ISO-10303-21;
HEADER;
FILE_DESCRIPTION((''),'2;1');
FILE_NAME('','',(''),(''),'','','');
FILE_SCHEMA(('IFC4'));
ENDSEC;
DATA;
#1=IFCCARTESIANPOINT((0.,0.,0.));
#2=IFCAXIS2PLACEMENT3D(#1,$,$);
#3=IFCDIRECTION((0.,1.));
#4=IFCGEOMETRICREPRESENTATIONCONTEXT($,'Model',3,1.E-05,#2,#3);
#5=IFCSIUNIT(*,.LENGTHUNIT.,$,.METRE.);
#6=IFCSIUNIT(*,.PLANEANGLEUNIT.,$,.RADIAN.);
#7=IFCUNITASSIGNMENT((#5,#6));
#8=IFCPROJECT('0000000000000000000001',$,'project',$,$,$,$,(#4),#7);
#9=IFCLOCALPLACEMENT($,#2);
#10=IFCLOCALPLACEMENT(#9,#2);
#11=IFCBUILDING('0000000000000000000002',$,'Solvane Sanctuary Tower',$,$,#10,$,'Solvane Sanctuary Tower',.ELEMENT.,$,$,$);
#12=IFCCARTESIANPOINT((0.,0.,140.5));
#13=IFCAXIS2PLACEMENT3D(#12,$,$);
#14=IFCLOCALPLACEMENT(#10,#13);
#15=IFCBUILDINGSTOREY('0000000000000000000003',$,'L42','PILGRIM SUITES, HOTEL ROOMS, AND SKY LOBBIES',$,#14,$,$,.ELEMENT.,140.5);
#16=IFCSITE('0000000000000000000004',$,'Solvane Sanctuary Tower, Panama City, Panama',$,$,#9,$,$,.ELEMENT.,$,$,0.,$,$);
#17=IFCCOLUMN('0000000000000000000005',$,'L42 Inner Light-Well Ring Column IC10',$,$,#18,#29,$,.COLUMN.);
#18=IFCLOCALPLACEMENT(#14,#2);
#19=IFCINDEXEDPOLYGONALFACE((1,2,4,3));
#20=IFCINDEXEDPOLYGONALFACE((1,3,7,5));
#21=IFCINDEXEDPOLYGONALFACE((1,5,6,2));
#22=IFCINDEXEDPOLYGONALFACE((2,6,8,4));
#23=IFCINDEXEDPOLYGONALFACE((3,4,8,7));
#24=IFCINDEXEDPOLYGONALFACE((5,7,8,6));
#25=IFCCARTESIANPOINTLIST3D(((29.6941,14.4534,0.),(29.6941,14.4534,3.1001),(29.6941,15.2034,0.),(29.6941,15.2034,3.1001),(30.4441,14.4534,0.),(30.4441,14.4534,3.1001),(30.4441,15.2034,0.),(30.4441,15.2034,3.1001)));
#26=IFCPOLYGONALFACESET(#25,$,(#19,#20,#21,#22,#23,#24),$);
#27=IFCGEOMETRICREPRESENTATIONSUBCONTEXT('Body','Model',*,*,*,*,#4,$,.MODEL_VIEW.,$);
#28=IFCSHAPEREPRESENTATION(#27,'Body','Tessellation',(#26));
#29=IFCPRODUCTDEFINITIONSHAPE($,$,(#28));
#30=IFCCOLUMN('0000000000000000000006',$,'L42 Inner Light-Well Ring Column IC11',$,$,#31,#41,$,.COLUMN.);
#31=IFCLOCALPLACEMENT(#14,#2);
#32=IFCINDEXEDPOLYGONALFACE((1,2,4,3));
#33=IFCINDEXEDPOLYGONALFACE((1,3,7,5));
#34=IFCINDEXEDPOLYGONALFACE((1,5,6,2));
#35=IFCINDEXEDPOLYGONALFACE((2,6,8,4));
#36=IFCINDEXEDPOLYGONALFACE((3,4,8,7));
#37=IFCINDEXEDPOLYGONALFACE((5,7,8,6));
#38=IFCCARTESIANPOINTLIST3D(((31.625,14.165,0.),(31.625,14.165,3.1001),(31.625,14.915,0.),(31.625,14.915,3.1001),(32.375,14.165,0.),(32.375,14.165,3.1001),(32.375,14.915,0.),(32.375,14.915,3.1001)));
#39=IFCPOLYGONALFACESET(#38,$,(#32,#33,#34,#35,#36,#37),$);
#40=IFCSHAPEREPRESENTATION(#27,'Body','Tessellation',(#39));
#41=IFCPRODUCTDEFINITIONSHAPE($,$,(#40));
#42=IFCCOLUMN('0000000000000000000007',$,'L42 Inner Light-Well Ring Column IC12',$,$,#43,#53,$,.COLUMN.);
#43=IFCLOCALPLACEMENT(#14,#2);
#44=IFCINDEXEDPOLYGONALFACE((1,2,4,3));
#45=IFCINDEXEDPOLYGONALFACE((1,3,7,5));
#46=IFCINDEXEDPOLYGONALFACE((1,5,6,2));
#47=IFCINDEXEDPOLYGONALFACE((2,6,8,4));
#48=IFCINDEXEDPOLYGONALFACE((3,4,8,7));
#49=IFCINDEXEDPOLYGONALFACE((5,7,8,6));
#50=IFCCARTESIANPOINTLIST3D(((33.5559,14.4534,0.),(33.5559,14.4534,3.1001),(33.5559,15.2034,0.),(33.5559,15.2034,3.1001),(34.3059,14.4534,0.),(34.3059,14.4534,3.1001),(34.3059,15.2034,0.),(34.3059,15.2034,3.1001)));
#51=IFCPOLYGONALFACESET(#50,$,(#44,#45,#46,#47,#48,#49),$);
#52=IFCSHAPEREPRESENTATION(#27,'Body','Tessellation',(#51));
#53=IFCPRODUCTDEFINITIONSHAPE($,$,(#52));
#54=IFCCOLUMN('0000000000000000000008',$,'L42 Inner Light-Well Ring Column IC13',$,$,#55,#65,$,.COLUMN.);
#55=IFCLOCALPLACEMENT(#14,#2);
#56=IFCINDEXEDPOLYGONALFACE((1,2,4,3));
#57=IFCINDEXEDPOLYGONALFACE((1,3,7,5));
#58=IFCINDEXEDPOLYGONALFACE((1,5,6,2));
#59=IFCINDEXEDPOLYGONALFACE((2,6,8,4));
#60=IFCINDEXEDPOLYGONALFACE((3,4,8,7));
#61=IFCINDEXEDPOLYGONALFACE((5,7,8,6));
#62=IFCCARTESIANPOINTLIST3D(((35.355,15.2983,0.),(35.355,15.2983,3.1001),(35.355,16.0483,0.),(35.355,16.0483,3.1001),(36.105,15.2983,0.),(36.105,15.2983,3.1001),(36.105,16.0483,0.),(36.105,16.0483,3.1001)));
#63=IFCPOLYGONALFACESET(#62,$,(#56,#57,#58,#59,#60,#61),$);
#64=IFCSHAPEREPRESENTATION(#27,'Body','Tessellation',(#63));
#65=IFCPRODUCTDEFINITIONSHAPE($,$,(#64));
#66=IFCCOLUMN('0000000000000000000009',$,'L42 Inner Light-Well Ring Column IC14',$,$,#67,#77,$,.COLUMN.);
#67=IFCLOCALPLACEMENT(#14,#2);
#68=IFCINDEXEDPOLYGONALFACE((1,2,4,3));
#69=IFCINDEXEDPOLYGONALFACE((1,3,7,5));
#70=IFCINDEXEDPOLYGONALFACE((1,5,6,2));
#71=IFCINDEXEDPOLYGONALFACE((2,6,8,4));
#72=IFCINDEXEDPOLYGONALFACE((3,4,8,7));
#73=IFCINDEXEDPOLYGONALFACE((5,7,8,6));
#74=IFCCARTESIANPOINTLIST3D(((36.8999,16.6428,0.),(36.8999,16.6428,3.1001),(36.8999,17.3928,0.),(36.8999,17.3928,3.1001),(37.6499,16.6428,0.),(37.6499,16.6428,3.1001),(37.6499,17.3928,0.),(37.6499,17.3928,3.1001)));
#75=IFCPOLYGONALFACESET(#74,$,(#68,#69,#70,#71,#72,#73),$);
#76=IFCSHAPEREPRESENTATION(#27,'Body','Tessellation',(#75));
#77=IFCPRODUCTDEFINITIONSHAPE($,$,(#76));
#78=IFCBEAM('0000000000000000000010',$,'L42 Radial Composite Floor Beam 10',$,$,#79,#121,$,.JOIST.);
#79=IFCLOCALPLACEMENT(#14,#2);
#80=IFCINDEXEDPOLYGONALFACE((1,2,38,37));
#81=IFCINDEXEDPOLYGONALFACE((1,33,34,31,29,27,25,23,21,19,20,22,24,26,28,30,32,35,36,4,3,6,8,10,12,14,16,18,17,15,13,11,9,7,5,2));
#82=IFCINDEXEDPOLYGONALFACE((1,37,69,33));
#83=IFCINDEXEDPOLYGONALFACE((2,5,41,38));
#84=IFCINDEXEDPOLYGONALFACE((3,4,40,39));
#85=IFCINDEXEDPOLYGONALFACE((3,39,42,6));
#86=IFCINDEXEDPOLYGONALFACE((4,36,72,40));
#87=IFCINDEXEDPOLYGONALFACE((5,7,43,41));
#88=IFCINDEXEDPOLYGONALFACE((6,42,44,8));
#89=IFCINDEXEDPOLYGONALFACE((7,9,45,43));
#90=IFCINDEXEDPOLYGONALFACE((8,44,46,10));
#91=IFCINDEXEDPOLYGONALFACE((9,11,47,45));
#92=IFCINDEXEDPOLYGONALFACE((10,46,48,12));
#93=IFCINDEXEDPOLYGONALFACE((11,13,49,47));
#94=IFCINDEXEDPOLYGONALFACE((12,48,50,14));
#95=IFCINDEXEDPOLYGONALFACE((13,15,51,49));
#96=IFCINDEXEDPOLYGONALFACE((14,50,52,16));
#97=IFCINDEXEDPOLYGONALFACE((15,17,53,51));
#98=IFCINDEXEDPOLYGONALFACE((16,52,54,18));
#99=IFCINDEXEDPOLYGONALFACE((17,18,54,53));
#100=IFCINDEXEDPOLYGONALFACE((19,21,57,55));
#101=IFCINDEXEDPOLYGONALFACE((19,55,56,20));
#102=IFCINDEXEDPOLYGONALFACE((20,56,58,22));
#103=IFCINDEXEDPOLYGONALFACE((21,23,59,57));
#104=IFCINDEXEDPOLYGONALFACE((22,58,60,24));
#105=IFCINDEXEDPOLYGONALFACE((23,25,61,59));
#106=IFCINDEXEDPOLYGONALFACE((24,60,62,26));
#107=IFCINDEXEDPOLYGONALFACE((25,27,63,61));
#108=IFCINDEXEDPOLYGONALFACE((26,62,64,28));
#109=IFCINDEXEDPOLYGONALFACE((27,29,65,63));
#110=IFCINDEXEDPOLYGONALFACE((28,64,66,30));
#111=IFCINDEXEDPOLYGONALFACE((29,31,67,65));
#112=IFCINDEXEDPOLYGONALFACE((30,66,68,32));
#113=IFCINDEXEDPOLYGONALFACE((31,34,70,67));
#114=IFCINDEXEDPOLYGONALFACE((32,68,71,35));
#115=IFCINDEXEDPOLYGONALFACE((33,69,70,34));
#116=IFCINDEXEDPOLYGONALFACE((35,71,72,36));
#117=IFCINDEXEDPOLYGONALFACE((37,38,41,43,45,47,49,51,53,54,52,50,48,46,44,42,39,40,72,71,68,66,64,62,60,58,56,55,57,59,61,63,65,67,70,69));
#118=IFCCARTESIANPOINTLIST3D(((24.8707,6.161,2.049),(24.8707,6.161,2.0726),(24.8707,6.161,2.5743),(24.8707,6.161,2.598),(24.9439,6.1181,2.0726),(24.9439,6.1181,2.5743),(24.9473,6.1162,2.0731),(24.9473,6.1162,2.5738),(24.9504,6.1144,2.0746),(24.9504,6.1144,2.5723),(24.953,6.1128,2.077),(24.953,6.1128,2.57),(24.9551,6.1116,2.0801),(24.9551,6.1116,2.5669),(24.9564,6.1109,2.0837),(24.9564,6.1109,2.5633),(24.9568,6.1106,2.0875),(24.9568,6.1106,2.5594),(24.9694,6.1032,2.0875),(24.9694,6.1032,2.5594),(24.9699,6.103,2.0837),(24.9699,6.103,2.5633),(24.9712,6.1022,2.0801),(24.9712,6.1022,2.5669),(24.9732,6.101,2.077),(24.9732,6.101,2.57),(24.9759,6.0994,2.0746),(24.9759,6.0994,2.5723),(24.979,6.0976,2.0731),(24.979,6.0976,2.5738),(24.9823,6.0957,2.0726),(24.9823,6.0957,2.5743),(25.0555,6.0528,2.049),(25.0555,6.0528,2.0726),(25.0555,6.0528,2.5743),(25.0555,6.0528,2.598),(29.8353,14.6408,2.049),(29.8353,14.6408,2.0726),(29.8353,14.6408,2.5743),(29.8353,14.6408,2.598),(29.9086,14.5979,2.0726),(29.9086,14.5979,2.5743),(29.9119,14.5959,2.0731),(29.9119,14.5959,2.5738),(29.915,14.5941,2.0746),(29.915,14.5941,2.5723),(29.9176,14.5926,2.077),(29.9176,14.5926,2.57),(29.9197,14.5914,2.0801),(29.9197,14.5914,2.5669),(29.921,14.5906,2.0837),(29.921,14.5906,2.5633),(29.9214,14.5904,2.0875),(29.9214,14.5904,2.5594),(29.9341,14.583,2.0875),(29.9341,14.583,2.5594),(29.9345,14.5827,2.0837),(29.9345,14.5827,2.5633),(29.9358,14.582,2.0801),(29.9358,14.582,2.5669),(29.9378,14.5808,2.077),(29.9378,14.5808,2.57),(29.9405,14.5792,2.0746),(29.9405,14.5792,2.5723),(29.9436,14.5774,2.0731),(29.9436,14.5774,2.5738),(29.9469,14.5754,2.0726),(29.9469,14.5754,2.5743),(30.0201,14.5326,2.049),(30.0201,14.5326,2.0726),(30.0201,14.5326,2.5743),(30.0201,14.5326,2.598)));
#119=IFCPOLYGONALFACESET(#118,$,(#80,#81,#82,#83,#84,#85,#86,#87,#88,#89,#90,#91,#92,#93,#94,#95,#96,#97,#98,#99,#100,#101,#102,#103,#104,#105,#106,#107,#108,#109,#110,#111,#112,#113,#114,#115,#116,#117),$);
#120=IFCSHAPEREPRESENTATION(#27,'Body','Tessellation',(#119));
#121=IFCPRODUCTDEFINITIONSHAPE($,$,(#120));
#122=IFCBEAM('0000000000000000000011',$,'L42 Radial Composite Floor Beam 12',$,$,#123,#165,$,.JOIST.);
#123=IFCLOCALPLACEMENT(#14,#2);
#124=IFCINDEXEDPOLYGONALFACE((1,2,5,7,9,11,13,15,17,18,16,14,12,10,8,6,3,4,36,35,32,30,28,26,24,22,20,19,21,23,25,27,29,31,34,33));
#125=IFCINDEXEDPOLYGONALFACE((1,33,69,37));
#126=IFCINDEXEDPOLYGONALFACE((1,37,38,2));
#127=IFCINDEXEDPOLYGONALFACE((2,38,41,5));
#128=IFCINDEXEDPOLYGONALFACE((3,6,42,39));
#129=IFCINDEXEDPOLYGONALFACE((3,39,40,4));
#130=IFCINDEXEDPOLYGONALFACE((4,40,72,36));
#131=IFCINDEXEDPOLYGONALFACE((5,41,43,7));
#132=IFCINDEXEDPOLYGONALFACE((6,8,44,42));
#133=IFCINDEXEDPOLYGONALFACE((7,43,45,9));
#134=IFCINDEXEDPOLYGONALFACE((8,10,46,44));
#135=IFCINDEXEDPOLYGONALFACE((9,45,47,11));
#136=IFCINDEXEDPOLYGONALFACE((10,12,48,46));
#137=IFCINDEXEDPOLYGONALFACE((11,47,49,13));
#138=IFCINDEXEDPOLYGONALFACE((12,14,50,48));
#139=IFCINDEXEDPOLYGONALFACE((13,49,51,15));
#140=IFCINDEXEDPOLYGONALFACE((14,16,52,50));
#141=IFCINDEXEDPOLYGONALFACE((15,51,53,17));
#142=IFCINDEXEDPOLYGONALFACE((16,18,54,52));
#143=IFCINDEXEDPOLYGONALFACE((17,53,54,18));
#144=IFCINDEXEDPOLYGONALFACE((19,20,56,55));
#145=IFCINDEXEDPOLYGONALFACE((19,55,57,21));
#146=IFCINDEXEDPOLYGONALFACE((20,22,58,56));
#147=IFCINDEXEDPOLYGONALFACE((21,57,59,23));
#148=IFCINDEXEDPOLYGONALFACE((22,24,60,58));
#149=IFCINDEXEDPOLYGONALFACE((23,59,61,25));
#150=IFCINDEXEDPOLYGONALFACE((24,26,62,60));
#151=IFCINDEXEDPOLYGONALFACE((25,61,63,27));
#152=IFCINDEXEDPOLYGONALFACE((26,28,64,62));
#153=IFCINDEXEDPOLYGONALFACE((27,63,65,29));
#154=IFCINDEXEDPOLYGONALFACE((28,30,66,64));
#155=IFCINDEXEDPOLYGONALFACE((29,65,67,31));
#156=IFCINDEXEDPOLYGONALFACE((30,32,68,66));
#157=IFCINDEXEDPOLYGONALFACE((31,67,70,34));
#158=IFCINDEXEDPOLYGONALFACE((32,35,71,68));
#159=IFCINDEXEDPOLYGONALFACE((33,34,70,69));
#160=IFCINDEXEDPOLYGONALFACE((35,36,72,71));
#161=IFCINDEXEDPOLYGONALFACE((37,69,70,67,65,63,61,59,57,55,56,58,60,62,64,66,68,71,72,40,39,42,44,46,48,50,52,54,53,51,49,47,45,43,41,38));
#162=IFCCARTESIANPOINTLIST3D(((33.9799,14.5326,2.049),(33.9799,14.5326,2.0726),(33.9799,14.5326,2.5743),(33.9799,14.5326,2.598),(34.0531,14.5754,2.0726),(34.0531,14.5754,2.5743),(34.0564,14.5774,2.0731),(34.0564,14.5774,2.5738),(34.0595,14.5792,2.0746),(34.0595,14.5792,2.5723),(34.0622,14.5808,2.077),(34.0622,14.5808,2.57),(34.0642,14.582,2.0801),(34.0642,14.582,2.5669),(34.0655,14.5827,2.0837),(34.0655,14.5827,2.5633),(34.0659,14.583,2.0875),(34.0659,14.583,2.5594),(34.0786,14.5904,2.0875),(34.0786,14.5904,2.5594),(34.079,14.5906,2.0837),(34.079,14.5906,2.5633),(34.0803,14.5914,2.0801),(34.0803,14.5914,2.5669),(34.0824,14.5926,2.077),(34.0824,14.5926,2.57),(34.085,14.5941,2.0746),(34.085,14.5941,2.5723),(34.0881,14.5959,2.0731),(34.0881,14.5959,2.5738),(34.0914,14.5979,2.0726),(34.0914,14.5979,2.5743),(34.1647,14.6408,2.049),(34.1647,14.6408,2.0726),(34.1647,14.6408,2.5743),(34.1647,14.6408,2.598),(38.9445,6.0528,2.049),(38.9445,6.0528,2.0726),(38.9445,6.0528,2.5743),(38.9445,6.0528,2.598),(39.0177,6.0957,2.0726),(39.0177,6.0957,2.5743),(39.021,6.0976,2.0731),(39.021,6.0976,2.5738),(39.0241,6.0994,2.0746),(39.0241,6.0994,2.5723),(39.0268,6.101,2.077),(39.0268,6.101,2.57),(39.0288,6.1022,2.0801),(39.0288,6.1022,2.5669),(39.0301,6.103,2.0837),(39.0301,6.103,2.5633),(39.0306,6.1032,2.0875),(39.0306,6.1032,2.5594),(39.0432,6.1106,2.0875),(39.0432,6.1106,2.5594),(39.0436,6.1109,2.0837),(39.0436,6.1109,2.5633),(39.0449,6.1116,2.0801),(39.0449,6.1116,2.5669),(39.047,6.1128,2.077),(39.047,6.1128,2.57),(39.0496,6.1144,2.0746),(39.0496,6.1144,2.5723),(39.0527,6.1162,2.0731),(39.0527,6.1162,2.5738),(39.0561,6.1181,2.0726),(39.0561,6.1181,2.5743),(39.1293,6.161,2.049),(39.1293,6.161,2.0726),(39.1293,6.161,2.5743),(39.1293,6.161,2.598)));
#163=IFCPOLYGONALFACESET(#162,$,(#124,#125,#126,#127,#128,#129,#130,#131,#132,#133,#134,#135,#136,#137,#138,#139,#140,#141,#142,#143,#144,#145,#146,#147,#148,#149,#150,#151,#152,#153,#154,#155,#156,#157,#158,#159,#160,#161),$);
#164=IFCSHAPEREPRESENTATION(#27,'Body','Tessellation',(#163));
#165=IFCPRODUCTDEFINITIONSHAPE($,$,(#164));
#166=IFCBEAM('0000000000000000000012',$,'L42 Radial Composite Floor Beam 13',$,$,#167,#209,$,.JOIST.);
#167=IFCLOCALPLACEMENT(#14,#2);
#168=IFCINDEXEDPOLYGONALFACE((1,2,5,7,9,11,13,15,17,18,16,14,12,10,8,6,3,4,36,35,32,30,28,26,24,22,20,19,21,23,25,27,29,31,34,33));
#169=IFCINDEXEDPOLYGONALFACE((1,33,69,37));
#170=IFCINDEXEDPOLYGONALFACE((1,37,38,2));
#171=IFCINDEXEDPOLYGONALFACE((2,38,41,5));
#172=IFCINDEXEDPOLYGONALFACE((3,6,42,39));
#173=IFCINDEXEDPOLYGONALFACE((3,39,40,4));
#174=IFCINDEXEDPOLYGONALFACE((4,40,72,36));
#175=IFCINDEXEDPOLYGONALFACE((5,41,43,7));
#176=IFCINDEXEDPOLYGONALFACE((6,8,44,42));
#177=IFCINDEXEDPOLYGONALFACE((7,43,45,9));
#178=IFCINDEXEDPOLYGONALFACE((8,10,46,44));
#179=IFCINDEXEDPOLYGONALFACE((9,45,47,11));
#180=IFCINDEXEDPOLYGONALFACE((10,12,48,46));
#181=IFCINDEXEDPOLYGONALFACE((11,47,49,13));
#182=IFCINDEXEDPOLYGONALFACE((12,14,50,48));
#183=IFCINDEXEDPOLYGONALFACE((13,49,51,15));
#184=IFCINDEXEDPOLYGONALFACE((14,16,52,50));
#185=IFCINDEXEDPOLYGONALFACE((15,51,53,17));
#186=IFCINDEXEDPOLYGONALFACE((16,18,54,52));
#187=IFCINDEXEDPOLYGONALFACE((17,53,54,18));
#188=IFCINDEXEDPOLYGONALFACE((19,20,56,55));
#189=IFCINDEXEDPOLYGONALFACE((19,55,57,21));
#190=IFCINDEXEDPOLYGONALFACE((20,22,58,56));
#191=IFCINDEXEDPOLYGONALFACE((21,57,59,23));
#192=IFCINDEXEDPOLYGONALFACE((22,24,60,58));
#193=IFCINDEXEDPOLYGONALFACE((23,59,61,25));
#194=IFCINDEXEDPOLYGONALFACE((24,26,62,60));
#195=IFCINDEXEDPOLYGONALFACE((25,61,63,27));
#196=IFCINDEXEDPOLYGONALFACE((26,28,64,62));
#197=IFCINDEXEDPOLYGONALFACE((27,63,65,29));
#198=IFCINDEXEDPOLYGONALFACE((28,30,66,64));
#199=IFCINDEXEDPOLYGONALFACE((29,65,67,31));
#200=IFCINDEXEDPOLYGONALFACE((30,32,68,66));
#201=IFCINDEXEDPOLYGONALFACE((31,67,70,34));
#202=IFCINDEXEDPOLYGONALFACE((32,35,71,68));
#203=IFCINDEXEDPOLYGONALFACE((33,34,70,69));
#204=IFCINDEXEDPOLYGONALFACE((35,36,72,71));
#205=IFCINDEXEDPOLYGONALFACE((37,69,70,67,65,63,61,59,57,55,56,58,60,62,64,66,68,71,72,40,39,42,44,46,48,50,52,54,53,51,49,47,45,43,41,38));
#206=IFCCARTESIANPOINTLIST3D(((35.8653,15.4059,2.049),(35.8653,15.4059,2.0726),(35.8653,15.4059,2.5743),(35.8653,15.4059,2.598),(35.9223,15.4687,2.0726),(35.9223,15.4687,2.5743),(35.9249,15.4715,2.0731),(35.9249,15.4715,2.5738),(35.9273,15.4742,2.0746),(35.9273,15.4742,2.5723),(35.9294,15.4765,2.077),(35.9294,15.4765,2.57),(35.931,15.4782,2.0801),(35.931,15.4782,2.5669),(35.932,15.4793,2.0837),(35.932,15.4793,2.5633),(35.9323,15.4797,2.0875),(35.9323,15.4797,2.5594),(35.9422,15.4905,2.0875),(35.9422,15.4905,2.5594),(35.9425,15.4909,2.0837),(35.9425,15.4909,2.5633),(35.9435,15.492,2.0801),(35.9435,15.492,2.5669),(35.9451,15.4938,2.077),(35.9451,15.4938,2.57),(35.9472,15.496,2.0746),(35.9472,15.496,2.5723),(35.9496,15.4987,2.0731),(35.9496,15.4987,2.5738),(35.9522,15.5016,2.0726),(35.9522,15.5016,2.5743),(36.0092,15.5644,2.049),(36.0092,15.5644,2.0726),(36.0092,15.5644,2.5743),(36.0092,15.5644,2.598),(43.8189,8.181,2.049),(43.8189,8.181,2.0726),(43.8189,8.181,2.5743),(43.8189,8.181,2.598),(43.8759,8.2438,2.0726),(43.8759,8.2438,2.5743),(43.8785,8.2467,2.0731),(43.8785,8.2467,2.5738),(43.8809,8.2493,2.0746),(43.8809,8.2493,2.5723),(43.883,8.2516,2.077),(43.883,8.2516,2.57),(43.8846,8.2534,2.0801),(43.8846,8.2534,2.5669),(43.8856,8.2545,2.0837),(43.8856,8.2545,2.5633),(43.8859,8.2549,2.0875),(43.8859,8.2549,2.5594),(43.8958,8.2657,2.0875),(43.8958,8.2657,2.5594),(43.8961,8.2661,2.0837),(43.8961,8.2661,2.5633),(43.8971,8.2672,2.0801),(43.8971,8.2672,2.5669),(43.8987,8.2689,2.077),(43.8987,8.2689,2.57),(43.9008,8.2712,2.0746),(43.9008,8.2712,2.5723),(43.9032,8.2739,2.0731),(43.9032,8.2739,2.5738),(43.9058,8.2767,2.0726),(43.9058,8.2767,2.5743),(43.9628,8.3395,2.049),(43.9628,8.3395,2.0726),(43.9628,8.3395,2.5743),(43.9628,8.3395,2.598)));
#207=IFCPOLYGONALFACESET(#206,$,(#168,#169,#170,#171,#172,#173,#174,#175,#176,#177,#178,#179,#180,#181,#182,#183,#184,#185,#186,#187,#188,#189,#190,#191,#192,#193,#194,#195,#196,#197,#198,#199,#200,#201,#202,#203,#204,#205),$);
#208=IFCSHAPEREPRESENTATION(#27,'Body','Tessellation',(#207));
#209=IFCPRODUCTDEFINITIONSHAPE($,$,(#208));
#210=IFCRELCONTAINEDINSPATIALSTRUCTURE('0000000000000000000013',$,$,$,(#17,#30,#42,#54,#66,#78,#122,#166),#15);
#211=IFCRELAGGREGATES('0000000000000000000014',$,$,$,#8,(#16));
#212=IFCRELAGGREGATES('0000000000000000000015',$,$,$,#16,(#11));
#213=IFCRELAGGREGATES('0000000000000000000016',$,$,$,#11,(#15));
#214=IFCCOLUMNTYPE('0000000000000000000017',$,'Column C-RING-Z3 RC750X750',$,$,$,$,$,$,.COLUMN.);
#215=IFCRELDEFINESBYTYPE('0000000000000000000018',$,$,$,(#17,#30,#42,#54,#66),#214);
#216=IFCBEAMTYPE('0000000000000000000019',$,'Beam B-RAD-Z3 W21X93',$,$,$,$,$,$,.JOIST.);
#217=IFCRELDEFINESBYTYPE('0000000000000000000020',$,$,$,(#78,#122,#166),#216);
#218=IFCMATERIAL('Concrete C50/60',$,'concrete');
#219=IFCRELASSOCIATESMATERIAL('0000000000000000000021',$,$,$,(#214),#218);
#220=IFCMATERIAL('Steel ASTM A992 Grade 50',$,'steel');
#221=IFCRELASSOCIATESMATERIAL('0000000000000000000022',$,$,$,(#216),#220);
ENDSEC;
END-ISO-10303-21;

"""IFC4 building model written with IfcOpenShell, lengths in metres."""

from ifc_helpers import new_model, si_unit, direction, frame, origin, origin_2d, place, context, subcontext, project, spatial, rectangle, i_section, extrude, material, material_profile, profile_set, type_object, element, save


model = new_model("IFC4")

# Units and contexts
model_context = context("Model", 3, precision=1e-05, world=origin(), true_north=direction((0.0, 1.0)))
body_context = subcontext(model_context, "Body", "Model", "MODEL_VIEW")
ifc_project = project(units=[si_unit("LENGTHUNIT", "METRE"), si_unit("PLANEANGLEUNIT", "RADIAN")], contexts=[model_context])

# Site, building, storey
site_placement = place(None, origin())
site = spatial("IfcSite", under=ifc_project, at=site_placement, Name="Solvane Sanctuary Tower, Panama City, Panama", CompositionType="ELEMENT", RefElevation=0.0)
building_placement = place(site_placement, origin())
building = spatial("IfcBuilding", under=site, at=building_placement, Name="Solvane Sanctuary Tower", LongName="Solvane Sanctuary Tower", CompositionType="ELEMENT")
storey_placement = place(building_placement, frame((0.0, 0.0, 140.5)))
storey = spatial("IfcBuildingStorey", under=building, at=storey_placement, Name="L42", Description="PILGRIM SUITES, HOTEL ROOMS, AND SKY LOBBIES", CompositionType="ELEMENT", Elevation=140.5)

# Columns
ifc_material_1 = material(Name="Concrete C50/60", Category="concrete")
ifc_material_profile_1 = material_profile(ifc_material_1, rectangle(XDim=0.75, YDim=0.75, at=origin_2d()), Name="RC750X750")
ifc_profile_set_1 = profile_set([ifc_material_profile_1], Name="Concrete C50/60")
column_type = type_object("IfcColumnType", Name="Column C-RING-Z3 RC750X750", PredefinedType="COLUMN", material=ifc_profile_set_1)
for number, where, z_axis, x_axis, name in (
    (1, (30.0691, 14.8284, 0.0), (0.0, 0.0, 1.0), (1.0, 0.0, 0.0), "L42 Inner Light-Well Ring Column IC10"),
    (2, (32.0, 14.54, 0.0), (0.0, 0.0, 1.0), (1.0, 0.0, 0.0), "L42 Inner Light-Well Ring Column IC11"),
    (3, (33.9309, 14.8284, 0.0), (0.0, 0.0, 1.0), (1.0, 0.0, 0.0), "L42 Inner Light-Well Ring Column IC12"),
    (4, (35.73, 15.6733, 0.0), (0.0, 0.0, 1.0), (1.0, 0.0, 0.0), "L42 Inner Light-Well Ring Column IC13"),
    (5, (37.2749, 17.0178, 0.0), (0.0, 0.0, 1.0), (1.0, 0.0, 0.0), "L42 Inner Light-Well Ring Column IC14"),
):
    element("IfcColumn", number, at=place(storey_placement, frame(where, z_axis=z_axis, x_axis=x_axis)), inside=storey, type_object=column_type, Name=name, PredefinedType="COLUMN", context=body_context, shape_type="SweptSolid", body=[
        extrude(rectangle(XDim=0.75, YDim=0.75, at=origin_2d()), origin(), (0.0, 0.0, 1.0), 3.1001),
    ])

# Beams
ifc_material_2 = material(Name="Steel ASTM A992 Grade 50", Category="steel")
ifc_material_profile_2 = material_profile(ifc_material_2, i_section(OverallWidth=0.2141, OverallDepth=0.5491, WebThickness=0.0146, FlangeThickness=0.0237, FilletRadius=0.0149, at=origin_2d()), Name="W21X93")
ifc_profile_set_2 = profile_set([ifc_material_profile_2], Name="Steel ASTM A992 Grade 50")
beam_type_1 = type_object("IfcBeamType", Name="Beam B-RAD-Z3 W21X93", PredefinedType="JOIST", material=ifc_profile_set_2)
for number, where, z_axis, x_axis, name in (
    (6, (29.9277, 14.5867, 2.3235), (-0.505244, -0.862977, 0.0), (0.862977, -0.505244, 0.0), "L42 Radial Composite Floor Beam 10"),
    (7, (34.0723, 14.5867, 2.3235), (0.505244, -0.862977, 0.0), (0.862977, 0.505244, 0.0), "L42 Radial Composite Floor Beam 12"),
):
    element("IfcBeam", number, at=place(storey_placement, frame(where, z_axis=z_axis, x_axis=x_axis)), inside=storey, type_object=beam_type_1, Name=name, PredefinedType="JOIST", context=body_context, shape_type="SweptSolid", body=[
        extrude(i_section(OverallWidth=0.2141, OverallDepth=0.5491, WebThickness=0.0146, FlangeThickness=0.0237, FilletRadius=0.0149, at=origin_2d()), origin(), (0.0, 0.0, 1.0), 9.8262),
    ])
beam_1_placement = place(storey_placement, frame((35.9373, 15.4851, 2.3235), z_axis=(0.740204, -0.672382, 0.0), x_axis=(0.672382, 0.740204, 0.0)))
element("IfcBeam", 8, at=beam_1_placement, inside=storey, type_object=beam_type_1, Name="L42 Radial Composite Floor Beam 13", PredefinedType="JOIST", context=body_context, shape_type="SweptSolid", body=[
    extrude(i_section(OverallWidth=0.2141, OverallDepth=0.5491, WebThickness=0.0146, FlangeThickness=0.0237, FilletRadius=0.0149, at=origin_2d()), origin(), (0.0, 0.0, 1.0), 10.7451),
])

save(model, "model.ifc")
